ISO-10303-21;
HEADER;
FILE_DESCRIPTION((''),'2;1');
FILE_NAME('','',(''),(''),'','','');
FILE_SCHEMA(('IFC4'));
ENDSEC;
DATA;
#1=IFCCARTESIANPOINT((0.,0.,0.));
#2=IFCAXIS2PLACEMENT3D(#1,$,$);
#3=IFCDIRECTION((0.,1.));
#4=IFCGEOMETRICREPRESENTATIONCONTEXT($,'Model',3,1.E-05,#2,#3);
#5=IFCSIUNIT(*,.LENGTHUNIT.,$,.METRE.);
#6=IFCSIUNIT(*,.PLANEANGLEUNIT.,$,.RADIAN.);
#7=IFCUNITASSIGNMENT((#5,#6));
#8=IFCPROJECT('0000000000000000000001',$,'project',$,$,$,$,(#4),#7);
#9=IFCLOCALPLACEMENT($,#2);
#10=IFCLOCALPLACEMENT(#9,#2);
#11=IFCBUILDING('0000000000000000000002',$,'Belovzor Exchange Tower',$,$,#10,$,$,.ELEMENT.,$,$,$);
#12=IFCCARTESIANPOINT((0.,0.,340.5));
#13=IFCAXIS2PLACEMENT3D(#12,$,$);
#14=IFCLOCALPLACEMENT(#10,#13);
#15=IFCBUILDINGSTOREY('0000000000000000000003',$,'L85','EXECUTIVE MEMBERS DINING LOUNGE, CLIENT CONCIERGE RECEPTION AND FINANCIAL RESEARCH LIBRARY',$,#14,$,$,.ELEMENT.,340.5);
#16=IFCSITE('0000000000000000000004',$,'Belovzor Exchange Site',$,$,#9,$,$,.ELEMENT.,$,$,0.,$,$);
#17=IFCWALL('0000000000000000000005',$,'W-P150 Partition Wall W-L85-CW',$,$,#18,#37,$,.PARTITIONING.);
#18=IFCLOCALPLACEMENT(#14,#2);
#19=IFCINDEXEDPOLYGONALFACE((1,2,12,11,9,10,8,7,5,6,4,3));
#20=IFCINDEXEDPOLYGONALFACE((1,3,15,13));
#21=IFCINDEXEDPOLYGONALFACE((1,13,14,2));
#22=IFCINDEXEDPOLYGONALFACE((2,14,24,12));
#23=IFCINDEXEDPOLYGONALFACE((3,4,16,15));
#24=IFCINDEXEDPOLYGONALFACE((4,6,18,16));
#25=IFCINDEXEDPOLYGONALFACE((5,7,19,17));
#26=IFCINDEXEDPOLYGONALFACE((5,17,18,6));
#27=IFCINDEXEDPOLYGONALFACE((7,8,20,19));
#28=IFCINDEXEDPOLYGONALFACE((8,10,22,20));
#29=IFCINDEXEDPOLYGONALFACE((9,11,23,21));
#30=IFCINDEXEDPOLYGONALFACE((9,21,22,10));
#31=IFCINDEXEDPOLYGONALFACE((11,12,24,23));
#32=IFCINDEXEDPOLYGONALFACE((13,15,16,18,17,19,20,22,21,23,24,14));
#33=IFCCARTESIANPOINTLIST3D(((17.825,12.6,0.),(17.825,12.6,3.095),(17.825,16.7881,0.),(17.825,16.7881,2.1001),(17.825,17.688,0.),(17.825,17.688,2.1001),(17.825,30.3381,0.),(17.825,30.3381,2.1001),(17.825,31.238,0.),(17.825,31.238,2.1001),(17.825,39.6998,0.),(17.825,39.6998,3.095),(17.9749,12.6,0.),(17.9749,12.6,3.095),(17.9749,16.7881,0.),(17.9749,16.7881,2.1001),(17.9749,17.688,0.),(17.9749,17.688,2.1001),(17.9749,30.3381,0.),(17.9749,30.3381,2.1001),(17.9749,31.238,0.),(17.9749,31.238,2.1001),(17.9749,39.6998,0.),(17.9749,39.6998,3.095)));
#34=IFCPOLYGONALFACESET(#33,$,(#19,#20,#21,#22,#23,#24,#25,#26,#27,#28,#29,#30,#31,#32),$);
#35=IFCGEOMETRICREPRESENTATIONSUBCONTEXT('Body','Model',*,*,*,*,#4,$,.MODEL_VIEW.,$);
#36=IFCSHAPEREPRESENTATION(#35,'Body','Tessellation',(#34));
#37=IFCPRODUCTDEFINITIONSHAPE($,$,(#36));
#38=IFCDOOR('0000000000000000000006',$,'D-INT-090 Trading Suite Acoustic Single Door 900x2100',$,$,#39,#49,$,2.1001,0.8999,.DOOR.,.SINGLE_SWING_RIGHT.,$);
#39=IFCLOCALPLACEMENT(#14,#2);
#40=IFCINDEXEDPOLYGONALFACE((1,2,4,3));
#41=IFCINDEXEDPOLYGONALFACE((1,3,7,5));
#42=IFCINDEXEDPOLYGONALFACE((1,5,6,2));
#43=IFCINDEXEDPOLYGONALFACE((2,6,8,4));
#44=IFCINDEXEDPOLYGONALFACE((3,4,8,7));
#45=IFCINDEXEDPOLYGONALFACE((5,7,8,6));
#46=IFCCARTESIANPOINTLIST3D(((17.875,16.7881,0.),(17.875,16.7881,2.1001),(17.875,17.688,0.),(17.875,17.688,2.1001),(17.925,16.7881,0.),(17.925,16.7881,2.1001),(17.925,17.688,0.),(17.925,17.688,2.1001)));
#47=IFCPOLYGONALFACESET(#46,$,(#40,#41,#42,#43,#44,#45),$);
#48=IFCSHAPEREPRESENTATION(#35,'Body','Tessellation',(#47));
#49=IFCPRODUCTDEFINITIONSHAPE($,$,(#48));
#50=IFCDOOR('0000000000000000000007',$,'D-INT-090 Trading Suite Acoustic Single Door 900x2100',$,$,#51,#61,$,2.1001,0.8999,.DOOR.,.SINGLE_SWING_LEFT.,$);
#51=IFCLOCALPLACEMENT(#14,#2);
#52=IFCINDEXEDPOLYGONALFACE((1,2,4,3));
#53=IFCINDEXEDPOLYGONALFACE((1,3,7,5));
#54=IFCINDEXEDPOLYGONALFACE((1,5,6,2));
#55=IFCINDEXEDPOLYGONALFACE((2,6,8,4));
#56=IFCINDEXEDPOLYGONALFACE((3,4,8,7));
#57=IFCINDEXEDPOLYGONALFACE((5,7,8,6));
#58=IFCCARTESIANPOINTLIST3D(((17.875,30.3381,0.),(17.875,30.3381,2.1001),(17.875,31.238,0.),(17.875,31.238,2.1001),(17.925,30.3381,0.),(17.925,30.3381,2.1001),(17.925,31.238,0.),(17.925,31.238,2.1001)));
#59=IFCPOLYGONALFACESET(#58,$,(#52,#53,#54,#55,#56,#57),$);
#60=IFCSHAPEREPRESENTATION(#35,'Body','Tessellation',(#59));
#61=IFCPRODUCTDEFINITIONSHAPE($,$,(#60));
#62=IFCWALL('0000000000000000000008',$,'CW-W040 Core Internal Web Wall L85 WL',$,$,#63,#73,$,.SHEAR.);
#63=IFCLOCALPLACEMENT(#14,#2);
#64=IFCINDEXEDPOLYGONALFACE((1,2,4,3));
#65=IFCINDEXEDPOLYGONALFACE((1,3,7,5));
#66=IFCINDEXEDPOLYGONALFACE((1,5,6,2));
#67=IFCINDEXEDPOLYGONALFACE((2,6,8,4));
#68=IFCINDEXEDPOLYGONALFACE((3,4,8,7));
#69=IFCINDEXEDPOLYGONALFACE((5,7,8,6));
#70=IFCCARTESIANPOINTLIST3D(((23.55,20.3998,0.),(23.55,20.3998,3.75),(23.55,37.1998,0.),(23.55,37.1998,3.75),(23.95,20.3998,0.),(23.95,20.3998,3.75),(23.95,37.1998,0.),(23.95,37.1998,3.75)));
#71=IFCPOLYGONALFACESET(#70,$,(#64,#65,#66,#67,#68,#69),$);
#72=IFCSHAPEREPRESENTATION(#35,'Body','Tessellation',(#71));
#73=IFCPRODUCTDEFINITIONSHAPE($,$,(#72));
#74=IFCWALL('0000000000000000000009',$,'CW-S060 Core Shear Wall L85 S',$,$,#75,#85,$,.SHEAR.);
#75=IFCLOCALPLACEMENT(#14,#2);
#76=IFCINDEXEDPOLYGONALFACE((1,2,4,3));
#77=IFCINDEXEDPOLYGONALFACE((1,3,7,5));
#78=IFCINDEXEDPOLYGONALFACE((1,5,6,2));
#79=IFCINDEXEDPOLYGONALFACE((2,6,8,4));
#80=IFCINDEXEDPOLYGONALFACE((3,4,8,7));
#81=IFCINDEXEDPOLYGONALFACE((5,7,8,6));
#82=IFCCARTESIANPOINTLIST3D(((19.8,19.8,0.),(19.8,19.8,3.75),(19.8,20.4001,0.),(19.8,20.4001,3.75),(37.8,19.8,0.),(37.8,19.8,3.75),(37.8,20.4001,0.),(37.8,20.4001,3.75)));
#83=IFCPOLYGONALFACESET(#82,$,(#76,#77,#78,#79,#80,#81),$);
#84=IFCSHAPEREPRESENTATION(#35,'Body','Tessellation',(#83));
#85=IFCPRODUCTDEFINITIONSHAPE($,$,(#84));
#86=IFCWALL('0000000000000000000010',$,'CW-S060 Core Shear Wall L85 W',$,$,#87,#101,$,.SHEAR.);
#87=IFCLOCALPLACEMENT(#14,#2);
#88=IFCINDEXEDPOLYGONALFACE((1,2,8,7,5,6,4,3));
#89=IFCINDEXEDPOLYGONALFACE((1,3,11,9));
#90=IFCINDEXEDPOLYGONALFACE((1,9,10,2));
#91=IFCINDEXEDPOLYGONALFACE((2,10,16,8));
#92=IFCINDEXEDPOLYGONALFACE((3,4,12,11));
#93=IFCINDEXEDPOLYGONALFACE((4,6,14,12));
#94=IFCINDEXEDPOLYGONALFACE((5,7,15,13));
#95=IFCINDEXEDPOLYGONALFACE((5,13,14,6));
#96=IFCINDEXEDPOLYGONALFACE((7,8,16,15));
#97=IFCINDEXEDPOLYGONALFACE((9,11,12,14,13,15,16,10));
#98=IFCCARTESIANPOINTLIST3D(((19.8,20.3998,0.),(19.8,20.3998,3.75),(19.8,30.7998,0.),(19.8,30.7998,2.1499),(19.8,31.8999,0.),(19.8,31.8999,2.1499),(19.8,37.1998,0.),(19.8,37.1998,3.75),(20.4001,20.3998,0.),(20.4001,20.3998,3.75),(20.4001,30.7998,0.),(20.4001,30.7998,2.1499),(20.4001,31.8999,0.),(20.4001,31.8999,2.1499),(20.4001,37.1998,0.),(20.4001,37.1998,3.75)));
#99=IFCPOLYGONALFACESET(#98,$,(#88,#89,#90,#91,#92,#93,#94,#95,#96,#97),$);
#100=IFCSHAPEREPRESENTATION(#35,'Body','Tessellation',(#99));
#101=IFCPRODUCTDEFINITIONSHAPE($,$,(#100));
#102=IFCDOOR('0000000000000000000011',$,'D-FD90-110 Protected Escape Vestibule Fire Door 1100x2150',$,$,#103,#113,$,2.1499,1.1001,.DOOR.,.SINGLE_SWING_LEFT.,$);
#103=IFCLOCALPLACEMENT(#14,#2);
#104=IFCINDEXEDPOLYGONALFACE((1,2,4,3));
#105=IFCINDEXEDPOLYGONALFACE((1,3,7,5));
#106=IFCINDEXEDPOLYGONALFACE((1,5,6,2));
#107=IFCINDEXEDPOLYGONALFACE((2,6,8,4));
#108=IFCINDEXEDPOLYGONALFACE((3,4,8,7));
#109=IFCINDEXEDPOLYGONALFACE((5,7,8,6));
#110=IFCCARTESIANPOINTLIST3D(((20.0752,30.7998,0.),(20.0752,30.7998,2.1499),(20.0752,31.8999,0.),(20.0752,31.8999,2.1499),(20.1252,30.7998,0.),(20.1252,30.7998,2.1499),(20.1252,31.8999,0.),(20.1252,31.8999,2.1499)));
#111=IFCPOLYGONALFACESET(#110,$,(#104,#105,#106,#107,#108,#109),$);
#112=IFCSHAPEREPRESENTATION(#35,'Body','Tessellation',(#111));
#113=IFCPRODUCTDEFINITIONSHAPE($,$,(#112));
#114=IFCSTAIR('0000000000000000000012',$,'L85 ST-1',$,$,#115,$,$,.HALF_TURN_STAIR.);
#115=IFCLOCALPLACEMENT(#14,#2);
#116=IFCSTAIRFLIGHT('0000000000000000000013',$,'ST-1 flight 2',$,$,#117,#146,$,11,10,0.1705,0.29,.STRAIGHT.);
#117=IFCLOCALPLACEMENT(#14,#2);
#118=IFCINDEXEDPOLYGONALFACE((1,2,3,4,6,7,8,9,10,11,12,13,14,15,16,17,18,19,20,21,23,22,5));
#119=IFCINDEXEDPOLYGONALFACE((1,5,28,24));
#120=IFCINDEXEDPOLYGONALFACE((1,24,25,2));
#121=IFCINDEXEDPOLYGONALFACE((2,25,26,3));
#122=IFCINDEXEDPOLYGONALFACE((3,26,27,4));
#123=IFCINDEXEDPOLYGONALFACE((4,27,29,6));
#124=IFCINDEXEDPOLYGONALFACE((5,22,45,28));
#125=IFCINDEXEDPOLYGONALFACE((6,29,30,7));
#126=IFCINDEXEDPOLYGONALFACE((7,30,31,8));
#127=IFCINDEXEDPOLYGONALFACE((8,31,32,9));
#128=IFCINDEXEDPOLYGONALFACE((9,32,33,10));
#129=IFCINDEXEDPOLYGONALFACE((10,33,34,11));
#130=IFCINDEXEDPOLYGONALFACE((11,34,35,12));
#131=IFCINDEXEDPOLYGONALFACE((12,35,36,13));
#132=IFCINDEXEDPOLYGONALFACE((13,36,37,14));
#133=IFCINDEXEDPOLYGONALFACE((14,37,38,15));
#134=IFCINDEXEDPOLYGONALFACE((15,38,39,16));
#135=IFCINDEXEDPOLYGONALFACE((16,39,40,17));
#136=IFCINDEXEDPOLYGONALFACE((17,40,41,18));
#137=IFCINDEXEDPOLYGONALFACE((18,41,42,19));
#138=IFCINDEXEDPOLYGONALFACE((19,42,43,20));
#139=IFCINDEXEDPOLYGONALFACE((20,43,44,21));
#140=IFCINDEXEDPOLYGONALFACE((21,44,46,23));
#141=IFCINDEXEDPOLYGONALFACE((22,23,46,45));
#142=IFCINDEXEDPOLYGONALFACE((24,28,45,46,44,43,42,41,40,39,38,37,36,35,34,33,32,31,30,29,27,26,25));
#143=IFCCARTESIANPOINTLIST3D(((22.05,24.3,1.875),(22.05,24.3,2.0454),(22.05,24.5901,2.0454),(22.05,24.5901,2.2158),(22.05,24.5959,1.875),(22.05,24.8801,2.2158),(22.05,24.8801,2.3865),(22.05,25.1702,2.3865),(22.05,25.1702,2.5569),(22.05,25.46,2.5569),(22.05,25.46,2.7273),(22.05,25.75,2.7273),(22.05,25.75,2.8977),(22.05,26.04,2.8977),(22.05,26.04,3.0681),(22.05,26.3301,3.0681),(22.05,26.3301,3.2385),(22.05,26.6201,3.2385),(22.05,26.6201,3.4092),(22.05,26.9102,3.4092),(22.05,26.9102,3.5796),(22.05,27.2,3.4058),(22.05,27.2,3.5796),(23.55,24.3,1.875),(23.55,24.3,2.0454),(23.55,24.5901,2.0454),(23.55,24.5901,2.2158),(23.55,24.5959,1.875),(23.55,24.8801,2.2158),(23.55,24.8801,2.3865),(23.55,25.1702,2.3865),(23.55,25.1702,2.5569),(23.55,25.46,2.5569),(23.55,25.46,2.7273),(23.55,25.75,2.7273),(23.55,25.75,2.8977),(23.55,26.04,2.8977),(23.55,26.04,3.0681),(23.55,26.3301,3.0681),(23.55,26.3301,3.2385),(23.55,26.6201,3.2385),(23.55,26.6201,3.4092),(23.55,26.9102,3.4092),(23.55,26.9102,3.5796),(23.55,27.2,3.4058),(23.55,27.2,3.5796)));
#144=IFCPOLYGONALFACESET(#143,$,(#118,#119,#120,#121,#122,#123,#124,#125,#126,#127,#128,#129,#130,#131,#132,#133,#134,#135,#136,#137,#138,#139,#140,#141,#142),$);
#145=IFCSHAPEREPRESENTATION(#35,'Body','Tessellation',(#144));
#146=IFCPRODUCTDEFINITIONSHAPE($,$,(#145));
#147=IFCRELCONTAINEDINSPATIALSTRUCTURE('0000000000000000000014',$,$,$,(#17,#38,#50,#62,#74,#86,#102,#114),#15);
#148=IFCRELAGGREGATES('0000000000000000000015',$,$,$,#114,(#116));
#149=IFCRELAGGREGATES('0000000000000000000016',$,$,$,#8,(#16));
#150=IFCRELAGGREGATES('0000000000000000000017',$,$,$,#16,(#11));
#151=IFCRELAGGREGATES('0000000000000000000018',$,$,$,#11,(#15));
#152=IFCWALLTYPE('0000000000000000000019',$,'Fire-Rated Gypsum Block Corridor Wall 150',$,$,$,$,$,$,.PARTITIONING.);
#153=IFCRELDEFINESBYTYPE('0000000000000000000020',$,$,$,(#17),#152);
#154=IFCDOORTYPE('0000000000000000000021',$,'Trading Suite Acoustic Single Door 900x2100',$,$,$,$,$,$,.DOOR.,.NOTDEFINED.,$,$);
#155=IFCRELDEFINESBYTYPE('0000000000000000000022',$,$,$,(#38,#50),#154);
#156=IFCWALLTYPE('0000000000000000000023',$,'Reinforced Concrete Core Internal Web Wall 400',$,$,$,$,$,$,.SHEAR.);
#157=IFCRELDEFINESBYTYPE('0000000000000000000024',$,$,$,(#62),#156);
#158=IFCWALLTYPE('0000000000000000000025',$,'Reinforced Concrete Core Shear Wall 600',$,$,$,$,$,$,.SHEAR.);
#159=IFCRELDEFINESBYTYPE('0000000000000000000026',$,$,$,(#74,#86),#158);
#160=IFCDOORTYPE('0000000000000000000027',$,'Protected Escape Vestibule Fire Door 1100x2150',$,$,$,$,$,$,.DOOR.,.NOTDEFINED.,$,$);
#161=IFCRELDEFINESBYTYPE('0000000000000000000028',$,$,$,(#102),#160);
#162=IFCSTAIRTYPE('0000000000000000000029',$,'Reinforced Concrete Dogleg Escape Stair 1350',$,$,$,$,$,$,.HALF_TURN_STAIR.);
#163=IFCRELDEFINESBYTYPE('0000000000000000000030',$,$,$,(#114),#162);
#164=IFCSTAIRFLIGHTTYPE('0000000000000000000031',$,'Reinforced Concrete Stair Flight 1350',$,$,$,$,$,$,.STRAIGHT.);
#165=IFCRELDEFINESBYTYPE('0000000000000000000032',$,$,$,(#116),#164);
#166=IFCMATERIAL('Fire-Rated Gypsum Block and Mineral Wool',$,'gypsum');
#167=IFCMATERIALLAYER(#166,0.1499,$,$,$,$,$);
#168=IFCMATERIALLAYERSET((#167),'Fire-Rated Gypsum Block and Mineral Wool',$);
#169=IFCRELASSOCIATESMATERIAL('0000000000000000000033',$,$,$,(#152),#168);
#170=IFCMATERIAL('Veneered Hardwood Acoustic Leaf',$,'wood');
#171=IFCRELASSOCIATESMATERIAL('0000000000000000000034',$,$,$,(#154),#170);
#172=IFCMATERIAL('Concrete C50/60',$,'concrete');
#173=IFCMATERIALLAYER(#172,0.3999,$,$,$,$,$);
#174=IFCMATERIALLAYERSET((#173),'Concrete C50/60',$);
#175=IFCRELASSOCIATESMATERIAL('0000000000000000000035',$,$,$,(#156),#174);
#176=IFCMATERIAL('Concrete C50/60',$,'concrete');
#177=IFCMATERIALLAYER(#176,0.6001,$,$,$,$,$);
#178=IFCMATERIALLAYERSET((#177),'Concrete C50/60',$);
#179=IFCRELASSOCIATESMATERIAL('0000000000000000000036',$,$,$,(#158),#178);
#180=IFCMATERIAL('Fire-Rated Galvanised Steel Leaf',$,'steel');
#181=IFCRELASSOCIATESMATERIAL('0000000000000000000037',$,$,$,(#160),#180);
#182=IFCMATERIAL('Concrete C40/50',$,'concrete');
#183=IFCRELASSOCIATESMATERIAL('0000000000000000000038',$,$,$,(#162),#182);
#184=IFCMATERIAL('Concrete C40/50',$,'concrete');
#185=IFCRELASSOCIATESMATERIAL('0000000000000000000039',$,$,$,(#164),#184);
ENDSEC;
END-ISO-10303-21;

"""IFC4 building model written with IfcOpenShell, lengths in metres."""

from ifc_helpers import new_model, si_unit, direction, frame, frame_2d, origin, place, context, subcontext, project, spatial, polyline, rectangle, outline, extrude, material, layer, layer_set, type_object, element, fill, aggregate, save


model = new_model("IFC4")

# Units and contexts
model_context = context("Model", 3, precision=1e-05, world=origin(), true_north=direction((0.0, 1.0)))
body_context = subcontext(model_context, "Body", "Model", "MODEL_VIEW")
ifc_project = project(units=[si_unit("LENGTHUNIT", "METRE"), si_unit("PLANEANGLEUNIT", "RADIAN")], contexts=[model_context])

# Site, building, storey
site_placement = place(None, origin())
site = spatial("IfcSite", under=ifc_project, at=site_placement, Name="Belovzor Exchange Site", CompositionType="ELEMENT", RefElevation=0.0)
building_placement = place(site_placement, origin())
building = spatial("IfcBuilding", under=site, at=building_placement, Name="Belovzor Exchange Tower", CompositionType="ELEMENT")
storey_placement = place(building_placement, frame((0.0, 0.0, 340.5)))
storey = spatial("IfcBuildingStorey", under=building, at=storey_placement, Name="L85", Description="EXECUTIVE MEMBERS DINING LOUNGE, CLIENT CONCIERGE RECEPTION AND FINANCIAL RESEARCH LIBRARY", CompositionType="ELEMENT", Elevation=340.5)

# Wall, openings, doors
ifc_material_1 = material(Name="Fire-Rated Gypsum Block and Mineral Wool", Category="gypsum")
ifc_layer_1 = layer(ifc_material_1, 0.1499)
ifc_layer_set_1 = layer_set([ifc_layer_1], Name="Fire-Rated Gypsum Block and Mineral Wool")
wall_type_1 = type_object("IfcWallType", Name="Fire-Rated Gypsum Block Corridor Wall 150", PredefinedType="PARTITIONING", material=ifc_layer_set_1)
wall_1_placement = place(storey_placement, frame((17.8999, 12.6001, 0.0), z_axis=(0.0, 0.0, 1.0), x_axis=(0.0, 1.0, 0.0)))
wall_1 = element("IfcWall", 1, at=wall_1_placement, inside=storey, type_object=wall_type_1, Name="W-P150 Partition Wall W-L85-CW", PredefinedType="PARTITIONING", context=body_context, shape_type="SweptSolid", body=[
    extrude(rectangle(XDim=27.0999, YDim=0.1499, at=frame_2d((13.5498, 0.0))), origin(), (0.0, 0.0, 1.0), 3.095),
])
opening_1_placement = place(wall_1_placement, frame((4.188, 0.0, 0.0)))
opening_1 = element("IfcOpeningElement", 2, at=opening_1_placement, cuts=wall_1, PredefinedType="OPENING", context=body_context, shape_type="SweptSolid", body=[
    extrude(rectangle(XDim=0.8999, YDim=2.1001, at=frame_2d((0.45, 1.05))), frame((0.0, 0.085, 0.0), z_axis=(0.0, -1.0, 0.0), x_axis=(1.0, 0.0, 0.0)), (0.0, 0.0, 1.0), 0.1699),
])
opening_2_placement = place(wall_1_placement, frame((17.738, 0.0, 0.0)))
opening_2 = element("IfcOpeningElement", 3, at=opening_2_placement, cuts=wall_1, PredefinedType="OPENING", context=body_context, shape_type="SweptSolid", body=[
    extrude(rectangle(XDim=0.8999, YDim=2.1001, at=frame_2d((0.45, 1.05))), frame((0.0, 0.085, 0.0), z_axis=(0.0, -1.0, 0.0), x_axis=(1.0, 0.0, 0.0)), (0.0, 0.0, 1.0), 0.1699),
])
ifc_material_2 = material(Name="Veneered Hardwood Acoustic Leaf", Category="wood")
door_type_1 = type_object("IfcDoorType", Name="Trading Suite Acoustic Single Door 900x2100", OperationType="NOTDEFINED", PredefinedType="DOOR", material=ifc_material_2)
door_1_placement = place(opening_1_placement, origin())
door_1 = element("IfcDoor", 4, at=door_1_placement, inside=storey, type_object=door_type_1, Name="D-INT-090 Trading Suite Acoustic Single Door 900x2100", OperationType="SINGLE_SWING_RIGHT", OverallHeight=2.1001, OverallWidth=0.8999, PredefinedType="DOOR", context=body_context, shape_type="SweptSolid", body=[
    extrude(rectangle(XDim=0.8999, YDim=2.1001, at=frame_2d((0.45, 1.05))), frame((0.0, 0.0249, 0.0), z_axis=(0.0, -1.0, 0.0), x_axis=(1.0, 0.0, 0.0)), (0.0, 0.0, 1.0), 0.05),
])
fill(opening_1, door_1)
door_2_placement = place(opening_2_placement, origin())
door_2 = element("IfcDoor", 5, at=door_2_placement, inside=storey, type_object=door_type_1, Name="D-INT-090 Trading Suite Acoustic Single Door 900x2100", OperationType="SINGLE_SWING_LEFT", OverallHeight=2.1001, OverallWidth=0.8999, PredefinedType="DOOR", context=body_context, shape_type="SweptSolid", body=[
    extrude(rectangle(XDim=0.8999, YDim=2.1001, at=frame_2d((0.45, 1.05))), frame((0.0, 0.0249, 0.0), z_axis=(0.0, -1.0, 0.0), x_axis=(1.0, 0.0, 0.0)), (0.0, 0.0, 1.0), 0.05),
])
fill(opening_2, door_2)

# Walls
ifc_material_3 = material(Name="Concrete C50/60", Category="concrete")
ifc_layer_2 = layer(ifc_material_3, 0.3999)
ifc_layer_set_2 = layer_set([ifc_layer_2], Name="Concrete C50/60")
wall_type_2 = type_object("IfcWallType", Name="Reinforced Concrete Core Internal Web Wall 400", PredefinedType="SHEAR", material=ifc_layer_set_2)
wall_2_placement = place(storey_placement, frame((23.75, 20.3999, 0.0), z_axis=(0.0, 0.0, 1.0), x_axis=(0.0, 1.0, 0.0)))
element("IfcWall", 6, at=wall_2_placement, inside=storey, type_object=wall_type_2, Name="CW-W040 Core Internal Web Wall L85 WL", PredefinedType="SHEAR", context=body_context, shape_type="SweptSolid", body=[
    extrude(rectangle(XDim=16.8, YDim=0.3999, at=frame_2d((8.3999, 0.0))), origin(), (0.0, 0.0, 1.0), 3.75),
])
ifc_material_4 = material(Name="Concrete C50/60", Category="concrete")
ifc_layer_3 = layer(ifc_material_4, 0.6001)
ifc_layer_set_3 = layer_set([ifc_layer_3], Name="Concrete C50/60")
wall_type_3 = type_object("IfcWallType", Name="Reinforced Concrete Core Shear Wall 600", PredefinedType="SHEAR", material=ifc_layer_set_3)
wall_3_placement = place(storey_placement, frame((19.8, 20.1001, 0.0), z_axis=(0.0, 0.0, 1.0), x_axis=(1.0, 0.0, 0.0)))
element("IfcWall", 7, at=wall_3_placement, inside=storey, type_object=wall_type_3, Name="CW-S060 Core Shear Wall L85 S", PredefinedType="SHEAR", context=body_context, shape_type="SweptSolid", body=[
    extrude(rectangle(XDim=18.0, YDim=0.6001, at=frame_2d((9.0, 0.0))), origin(), (0.0, 0.0, 1.0), 3.75),
])

# Wall, opening, door
wall_4_placement = place(storey_placement, frame((20.1001, 20.3999, 0.0), z_axis=(0.0, 0.0, 1.0), x_axis=(0.0, 1.0, 0.0)))
wall_4 = element("IfcWall", 8, at=wall_4_placement, inside=storey, type_object=wall_type_3, Name="CW-S060 Core Shear Wall L85 W", PredefinedType="SHEAR", context=body_context, shape_type="SweptSolid", body=[
    extrude(rectangle(XDim=16.8, YDim=0.6001, at=frame_2d((8.3999, 0.0))), origin(), (0.0, 0.0, 1.0), 3.75),
])
opening_3_placement = place(wall_4_placement, frame((10.3999, 0.0, 0.0)))
opening_3 = element("IfcOpeningElement", 9, at=opening_3_placement, cuts=wall_4, PredefinedType="OPENING", context=body_context, shape_type="SweptSolid", body=[
    extrude(rectangle(XDim=1.1001, YDim=2.1499, at=frame_2d((0.55, 1.075))), frame((0.0, 0.3101, 0.0), z_axis=(0.0, -1.0, 0.0), x_axis=(1.0, 0.0, 0.0)), (0.0, 0.0, 1.0), 0.6201),
])
ifc_material_5 = material(Name="Fire-Rated Galvanised Steel Leaf", Category="steel")
door_type_2 = type_object("IfcDoorType", Name="Protected Escape Vestibule Fire Door 1100x2150", OperationType="NOTDEFINED", PredefinedType="DOOR", material=ifc_material_5)
door_3_placement = place(opening_3_placement, origin())
door_3 = element("IfcDoor", 10, at=door_3_placement, inside=storey, type_object=door_type_2, Name="D-FD90-110 Protected Escape Vestibule Fire Door 1100x2150", OperationType="SINGLE_SWING_LEFT", OverallHeight=2.1499, OverallWidth=1.1001, PredefinedType="DOOR", context=body_context, shape_type="SweptSolid", body=[
    extrude(rectangle(XDim=1.1001, YDim=2.1499, at=frame_2d((0.55, 1.075))), frame((0.0, 0.0249, 0.0), z_axis=(0.0, -1.0, 0.0), x_axis=(1.0, 0.0, 0.0)), (0.0, 0.0, 1.0), 0.05),
])
fill(opening_3, door_3)

# Stair, stair flight
ifc_material_6 = material(Name="Concrete C40/50", Category="concrete")
stair_type = type_object("IfcStairType", Name="Reinforced Concrete Dogleg Escape Stair 1350", PredefinedType="HALF_TURN_STAIR", material=ifc_material_6)
stair_placement = place(storey_placement, origin())
stair = element("IfcStair", 11, at=stair_placement, inside=storey, type_object=stair_type, Name="L85 ST-1", PredefinedType="HALF_TURN_STAIR")
ifc_material_7 = material(Name="Concrete C40/50", Category="concrete")
stair_flight_type = type_object("IfcStairFlightType", Name="Reinforced Concrete Stair Flight 1350", PredefinedType="STRAIGHT", material=ifc_material_7)
stair_flight_placement = place(storey_placement, frame((22.8, 24.3, 1.875), z_axis=(0.0, 0.0, 1.0), x_axis=(0.0, 1.0, 0.0)))
stair_flight = element("IfcStairFlight", 12, at=stair_flight_placement, type_object=stair_flight_type, Name="ST-1 flight 2", NumberOfRisers=11, NumberOfTreads=10, PredefinedType="STRAIGHT", RiserHeight=0.1705, TreadLength=0.29, context=body_context, shape_type="SweptSolid", body=[
    extrude(outline(polyline([(0.0, 0.0), (0.0, 0.1704), (0.29, 0.1704), (0.29, 0.3408), (0.5801, 0.3408), (0.5801, 0.5115), (0.8701, 0.5115), (0.8701, 0.6819), (1.1599, 0.6819), (1.1599, 0.8523), (1.45, 0.8523), (1.45, 1.0227), (1.74, 1.0227), (1.74, 1.1931), (2.03, 1.1931), (2.03, 1.3635), (2.3201, 1.3635), (2.3201, 1.5342), (2.6101, 1.5342), (2.6101, 1.7046), (2.8999, 1.7046), (2.8999, 1.875), (2.8999, 1.5308), (0.2959, 0.0), (0.0, 0.0)])), frame((0.0, 0.75, 0.0), z_axis=(0.0, -1.0, 0.0), x_axis=(1.0, 0.0, 0.0)), (0.0, 0.0, 1.0), 1.5),
])
aggregate(stair, [stair_flight])

save(model, "model.ifc")
